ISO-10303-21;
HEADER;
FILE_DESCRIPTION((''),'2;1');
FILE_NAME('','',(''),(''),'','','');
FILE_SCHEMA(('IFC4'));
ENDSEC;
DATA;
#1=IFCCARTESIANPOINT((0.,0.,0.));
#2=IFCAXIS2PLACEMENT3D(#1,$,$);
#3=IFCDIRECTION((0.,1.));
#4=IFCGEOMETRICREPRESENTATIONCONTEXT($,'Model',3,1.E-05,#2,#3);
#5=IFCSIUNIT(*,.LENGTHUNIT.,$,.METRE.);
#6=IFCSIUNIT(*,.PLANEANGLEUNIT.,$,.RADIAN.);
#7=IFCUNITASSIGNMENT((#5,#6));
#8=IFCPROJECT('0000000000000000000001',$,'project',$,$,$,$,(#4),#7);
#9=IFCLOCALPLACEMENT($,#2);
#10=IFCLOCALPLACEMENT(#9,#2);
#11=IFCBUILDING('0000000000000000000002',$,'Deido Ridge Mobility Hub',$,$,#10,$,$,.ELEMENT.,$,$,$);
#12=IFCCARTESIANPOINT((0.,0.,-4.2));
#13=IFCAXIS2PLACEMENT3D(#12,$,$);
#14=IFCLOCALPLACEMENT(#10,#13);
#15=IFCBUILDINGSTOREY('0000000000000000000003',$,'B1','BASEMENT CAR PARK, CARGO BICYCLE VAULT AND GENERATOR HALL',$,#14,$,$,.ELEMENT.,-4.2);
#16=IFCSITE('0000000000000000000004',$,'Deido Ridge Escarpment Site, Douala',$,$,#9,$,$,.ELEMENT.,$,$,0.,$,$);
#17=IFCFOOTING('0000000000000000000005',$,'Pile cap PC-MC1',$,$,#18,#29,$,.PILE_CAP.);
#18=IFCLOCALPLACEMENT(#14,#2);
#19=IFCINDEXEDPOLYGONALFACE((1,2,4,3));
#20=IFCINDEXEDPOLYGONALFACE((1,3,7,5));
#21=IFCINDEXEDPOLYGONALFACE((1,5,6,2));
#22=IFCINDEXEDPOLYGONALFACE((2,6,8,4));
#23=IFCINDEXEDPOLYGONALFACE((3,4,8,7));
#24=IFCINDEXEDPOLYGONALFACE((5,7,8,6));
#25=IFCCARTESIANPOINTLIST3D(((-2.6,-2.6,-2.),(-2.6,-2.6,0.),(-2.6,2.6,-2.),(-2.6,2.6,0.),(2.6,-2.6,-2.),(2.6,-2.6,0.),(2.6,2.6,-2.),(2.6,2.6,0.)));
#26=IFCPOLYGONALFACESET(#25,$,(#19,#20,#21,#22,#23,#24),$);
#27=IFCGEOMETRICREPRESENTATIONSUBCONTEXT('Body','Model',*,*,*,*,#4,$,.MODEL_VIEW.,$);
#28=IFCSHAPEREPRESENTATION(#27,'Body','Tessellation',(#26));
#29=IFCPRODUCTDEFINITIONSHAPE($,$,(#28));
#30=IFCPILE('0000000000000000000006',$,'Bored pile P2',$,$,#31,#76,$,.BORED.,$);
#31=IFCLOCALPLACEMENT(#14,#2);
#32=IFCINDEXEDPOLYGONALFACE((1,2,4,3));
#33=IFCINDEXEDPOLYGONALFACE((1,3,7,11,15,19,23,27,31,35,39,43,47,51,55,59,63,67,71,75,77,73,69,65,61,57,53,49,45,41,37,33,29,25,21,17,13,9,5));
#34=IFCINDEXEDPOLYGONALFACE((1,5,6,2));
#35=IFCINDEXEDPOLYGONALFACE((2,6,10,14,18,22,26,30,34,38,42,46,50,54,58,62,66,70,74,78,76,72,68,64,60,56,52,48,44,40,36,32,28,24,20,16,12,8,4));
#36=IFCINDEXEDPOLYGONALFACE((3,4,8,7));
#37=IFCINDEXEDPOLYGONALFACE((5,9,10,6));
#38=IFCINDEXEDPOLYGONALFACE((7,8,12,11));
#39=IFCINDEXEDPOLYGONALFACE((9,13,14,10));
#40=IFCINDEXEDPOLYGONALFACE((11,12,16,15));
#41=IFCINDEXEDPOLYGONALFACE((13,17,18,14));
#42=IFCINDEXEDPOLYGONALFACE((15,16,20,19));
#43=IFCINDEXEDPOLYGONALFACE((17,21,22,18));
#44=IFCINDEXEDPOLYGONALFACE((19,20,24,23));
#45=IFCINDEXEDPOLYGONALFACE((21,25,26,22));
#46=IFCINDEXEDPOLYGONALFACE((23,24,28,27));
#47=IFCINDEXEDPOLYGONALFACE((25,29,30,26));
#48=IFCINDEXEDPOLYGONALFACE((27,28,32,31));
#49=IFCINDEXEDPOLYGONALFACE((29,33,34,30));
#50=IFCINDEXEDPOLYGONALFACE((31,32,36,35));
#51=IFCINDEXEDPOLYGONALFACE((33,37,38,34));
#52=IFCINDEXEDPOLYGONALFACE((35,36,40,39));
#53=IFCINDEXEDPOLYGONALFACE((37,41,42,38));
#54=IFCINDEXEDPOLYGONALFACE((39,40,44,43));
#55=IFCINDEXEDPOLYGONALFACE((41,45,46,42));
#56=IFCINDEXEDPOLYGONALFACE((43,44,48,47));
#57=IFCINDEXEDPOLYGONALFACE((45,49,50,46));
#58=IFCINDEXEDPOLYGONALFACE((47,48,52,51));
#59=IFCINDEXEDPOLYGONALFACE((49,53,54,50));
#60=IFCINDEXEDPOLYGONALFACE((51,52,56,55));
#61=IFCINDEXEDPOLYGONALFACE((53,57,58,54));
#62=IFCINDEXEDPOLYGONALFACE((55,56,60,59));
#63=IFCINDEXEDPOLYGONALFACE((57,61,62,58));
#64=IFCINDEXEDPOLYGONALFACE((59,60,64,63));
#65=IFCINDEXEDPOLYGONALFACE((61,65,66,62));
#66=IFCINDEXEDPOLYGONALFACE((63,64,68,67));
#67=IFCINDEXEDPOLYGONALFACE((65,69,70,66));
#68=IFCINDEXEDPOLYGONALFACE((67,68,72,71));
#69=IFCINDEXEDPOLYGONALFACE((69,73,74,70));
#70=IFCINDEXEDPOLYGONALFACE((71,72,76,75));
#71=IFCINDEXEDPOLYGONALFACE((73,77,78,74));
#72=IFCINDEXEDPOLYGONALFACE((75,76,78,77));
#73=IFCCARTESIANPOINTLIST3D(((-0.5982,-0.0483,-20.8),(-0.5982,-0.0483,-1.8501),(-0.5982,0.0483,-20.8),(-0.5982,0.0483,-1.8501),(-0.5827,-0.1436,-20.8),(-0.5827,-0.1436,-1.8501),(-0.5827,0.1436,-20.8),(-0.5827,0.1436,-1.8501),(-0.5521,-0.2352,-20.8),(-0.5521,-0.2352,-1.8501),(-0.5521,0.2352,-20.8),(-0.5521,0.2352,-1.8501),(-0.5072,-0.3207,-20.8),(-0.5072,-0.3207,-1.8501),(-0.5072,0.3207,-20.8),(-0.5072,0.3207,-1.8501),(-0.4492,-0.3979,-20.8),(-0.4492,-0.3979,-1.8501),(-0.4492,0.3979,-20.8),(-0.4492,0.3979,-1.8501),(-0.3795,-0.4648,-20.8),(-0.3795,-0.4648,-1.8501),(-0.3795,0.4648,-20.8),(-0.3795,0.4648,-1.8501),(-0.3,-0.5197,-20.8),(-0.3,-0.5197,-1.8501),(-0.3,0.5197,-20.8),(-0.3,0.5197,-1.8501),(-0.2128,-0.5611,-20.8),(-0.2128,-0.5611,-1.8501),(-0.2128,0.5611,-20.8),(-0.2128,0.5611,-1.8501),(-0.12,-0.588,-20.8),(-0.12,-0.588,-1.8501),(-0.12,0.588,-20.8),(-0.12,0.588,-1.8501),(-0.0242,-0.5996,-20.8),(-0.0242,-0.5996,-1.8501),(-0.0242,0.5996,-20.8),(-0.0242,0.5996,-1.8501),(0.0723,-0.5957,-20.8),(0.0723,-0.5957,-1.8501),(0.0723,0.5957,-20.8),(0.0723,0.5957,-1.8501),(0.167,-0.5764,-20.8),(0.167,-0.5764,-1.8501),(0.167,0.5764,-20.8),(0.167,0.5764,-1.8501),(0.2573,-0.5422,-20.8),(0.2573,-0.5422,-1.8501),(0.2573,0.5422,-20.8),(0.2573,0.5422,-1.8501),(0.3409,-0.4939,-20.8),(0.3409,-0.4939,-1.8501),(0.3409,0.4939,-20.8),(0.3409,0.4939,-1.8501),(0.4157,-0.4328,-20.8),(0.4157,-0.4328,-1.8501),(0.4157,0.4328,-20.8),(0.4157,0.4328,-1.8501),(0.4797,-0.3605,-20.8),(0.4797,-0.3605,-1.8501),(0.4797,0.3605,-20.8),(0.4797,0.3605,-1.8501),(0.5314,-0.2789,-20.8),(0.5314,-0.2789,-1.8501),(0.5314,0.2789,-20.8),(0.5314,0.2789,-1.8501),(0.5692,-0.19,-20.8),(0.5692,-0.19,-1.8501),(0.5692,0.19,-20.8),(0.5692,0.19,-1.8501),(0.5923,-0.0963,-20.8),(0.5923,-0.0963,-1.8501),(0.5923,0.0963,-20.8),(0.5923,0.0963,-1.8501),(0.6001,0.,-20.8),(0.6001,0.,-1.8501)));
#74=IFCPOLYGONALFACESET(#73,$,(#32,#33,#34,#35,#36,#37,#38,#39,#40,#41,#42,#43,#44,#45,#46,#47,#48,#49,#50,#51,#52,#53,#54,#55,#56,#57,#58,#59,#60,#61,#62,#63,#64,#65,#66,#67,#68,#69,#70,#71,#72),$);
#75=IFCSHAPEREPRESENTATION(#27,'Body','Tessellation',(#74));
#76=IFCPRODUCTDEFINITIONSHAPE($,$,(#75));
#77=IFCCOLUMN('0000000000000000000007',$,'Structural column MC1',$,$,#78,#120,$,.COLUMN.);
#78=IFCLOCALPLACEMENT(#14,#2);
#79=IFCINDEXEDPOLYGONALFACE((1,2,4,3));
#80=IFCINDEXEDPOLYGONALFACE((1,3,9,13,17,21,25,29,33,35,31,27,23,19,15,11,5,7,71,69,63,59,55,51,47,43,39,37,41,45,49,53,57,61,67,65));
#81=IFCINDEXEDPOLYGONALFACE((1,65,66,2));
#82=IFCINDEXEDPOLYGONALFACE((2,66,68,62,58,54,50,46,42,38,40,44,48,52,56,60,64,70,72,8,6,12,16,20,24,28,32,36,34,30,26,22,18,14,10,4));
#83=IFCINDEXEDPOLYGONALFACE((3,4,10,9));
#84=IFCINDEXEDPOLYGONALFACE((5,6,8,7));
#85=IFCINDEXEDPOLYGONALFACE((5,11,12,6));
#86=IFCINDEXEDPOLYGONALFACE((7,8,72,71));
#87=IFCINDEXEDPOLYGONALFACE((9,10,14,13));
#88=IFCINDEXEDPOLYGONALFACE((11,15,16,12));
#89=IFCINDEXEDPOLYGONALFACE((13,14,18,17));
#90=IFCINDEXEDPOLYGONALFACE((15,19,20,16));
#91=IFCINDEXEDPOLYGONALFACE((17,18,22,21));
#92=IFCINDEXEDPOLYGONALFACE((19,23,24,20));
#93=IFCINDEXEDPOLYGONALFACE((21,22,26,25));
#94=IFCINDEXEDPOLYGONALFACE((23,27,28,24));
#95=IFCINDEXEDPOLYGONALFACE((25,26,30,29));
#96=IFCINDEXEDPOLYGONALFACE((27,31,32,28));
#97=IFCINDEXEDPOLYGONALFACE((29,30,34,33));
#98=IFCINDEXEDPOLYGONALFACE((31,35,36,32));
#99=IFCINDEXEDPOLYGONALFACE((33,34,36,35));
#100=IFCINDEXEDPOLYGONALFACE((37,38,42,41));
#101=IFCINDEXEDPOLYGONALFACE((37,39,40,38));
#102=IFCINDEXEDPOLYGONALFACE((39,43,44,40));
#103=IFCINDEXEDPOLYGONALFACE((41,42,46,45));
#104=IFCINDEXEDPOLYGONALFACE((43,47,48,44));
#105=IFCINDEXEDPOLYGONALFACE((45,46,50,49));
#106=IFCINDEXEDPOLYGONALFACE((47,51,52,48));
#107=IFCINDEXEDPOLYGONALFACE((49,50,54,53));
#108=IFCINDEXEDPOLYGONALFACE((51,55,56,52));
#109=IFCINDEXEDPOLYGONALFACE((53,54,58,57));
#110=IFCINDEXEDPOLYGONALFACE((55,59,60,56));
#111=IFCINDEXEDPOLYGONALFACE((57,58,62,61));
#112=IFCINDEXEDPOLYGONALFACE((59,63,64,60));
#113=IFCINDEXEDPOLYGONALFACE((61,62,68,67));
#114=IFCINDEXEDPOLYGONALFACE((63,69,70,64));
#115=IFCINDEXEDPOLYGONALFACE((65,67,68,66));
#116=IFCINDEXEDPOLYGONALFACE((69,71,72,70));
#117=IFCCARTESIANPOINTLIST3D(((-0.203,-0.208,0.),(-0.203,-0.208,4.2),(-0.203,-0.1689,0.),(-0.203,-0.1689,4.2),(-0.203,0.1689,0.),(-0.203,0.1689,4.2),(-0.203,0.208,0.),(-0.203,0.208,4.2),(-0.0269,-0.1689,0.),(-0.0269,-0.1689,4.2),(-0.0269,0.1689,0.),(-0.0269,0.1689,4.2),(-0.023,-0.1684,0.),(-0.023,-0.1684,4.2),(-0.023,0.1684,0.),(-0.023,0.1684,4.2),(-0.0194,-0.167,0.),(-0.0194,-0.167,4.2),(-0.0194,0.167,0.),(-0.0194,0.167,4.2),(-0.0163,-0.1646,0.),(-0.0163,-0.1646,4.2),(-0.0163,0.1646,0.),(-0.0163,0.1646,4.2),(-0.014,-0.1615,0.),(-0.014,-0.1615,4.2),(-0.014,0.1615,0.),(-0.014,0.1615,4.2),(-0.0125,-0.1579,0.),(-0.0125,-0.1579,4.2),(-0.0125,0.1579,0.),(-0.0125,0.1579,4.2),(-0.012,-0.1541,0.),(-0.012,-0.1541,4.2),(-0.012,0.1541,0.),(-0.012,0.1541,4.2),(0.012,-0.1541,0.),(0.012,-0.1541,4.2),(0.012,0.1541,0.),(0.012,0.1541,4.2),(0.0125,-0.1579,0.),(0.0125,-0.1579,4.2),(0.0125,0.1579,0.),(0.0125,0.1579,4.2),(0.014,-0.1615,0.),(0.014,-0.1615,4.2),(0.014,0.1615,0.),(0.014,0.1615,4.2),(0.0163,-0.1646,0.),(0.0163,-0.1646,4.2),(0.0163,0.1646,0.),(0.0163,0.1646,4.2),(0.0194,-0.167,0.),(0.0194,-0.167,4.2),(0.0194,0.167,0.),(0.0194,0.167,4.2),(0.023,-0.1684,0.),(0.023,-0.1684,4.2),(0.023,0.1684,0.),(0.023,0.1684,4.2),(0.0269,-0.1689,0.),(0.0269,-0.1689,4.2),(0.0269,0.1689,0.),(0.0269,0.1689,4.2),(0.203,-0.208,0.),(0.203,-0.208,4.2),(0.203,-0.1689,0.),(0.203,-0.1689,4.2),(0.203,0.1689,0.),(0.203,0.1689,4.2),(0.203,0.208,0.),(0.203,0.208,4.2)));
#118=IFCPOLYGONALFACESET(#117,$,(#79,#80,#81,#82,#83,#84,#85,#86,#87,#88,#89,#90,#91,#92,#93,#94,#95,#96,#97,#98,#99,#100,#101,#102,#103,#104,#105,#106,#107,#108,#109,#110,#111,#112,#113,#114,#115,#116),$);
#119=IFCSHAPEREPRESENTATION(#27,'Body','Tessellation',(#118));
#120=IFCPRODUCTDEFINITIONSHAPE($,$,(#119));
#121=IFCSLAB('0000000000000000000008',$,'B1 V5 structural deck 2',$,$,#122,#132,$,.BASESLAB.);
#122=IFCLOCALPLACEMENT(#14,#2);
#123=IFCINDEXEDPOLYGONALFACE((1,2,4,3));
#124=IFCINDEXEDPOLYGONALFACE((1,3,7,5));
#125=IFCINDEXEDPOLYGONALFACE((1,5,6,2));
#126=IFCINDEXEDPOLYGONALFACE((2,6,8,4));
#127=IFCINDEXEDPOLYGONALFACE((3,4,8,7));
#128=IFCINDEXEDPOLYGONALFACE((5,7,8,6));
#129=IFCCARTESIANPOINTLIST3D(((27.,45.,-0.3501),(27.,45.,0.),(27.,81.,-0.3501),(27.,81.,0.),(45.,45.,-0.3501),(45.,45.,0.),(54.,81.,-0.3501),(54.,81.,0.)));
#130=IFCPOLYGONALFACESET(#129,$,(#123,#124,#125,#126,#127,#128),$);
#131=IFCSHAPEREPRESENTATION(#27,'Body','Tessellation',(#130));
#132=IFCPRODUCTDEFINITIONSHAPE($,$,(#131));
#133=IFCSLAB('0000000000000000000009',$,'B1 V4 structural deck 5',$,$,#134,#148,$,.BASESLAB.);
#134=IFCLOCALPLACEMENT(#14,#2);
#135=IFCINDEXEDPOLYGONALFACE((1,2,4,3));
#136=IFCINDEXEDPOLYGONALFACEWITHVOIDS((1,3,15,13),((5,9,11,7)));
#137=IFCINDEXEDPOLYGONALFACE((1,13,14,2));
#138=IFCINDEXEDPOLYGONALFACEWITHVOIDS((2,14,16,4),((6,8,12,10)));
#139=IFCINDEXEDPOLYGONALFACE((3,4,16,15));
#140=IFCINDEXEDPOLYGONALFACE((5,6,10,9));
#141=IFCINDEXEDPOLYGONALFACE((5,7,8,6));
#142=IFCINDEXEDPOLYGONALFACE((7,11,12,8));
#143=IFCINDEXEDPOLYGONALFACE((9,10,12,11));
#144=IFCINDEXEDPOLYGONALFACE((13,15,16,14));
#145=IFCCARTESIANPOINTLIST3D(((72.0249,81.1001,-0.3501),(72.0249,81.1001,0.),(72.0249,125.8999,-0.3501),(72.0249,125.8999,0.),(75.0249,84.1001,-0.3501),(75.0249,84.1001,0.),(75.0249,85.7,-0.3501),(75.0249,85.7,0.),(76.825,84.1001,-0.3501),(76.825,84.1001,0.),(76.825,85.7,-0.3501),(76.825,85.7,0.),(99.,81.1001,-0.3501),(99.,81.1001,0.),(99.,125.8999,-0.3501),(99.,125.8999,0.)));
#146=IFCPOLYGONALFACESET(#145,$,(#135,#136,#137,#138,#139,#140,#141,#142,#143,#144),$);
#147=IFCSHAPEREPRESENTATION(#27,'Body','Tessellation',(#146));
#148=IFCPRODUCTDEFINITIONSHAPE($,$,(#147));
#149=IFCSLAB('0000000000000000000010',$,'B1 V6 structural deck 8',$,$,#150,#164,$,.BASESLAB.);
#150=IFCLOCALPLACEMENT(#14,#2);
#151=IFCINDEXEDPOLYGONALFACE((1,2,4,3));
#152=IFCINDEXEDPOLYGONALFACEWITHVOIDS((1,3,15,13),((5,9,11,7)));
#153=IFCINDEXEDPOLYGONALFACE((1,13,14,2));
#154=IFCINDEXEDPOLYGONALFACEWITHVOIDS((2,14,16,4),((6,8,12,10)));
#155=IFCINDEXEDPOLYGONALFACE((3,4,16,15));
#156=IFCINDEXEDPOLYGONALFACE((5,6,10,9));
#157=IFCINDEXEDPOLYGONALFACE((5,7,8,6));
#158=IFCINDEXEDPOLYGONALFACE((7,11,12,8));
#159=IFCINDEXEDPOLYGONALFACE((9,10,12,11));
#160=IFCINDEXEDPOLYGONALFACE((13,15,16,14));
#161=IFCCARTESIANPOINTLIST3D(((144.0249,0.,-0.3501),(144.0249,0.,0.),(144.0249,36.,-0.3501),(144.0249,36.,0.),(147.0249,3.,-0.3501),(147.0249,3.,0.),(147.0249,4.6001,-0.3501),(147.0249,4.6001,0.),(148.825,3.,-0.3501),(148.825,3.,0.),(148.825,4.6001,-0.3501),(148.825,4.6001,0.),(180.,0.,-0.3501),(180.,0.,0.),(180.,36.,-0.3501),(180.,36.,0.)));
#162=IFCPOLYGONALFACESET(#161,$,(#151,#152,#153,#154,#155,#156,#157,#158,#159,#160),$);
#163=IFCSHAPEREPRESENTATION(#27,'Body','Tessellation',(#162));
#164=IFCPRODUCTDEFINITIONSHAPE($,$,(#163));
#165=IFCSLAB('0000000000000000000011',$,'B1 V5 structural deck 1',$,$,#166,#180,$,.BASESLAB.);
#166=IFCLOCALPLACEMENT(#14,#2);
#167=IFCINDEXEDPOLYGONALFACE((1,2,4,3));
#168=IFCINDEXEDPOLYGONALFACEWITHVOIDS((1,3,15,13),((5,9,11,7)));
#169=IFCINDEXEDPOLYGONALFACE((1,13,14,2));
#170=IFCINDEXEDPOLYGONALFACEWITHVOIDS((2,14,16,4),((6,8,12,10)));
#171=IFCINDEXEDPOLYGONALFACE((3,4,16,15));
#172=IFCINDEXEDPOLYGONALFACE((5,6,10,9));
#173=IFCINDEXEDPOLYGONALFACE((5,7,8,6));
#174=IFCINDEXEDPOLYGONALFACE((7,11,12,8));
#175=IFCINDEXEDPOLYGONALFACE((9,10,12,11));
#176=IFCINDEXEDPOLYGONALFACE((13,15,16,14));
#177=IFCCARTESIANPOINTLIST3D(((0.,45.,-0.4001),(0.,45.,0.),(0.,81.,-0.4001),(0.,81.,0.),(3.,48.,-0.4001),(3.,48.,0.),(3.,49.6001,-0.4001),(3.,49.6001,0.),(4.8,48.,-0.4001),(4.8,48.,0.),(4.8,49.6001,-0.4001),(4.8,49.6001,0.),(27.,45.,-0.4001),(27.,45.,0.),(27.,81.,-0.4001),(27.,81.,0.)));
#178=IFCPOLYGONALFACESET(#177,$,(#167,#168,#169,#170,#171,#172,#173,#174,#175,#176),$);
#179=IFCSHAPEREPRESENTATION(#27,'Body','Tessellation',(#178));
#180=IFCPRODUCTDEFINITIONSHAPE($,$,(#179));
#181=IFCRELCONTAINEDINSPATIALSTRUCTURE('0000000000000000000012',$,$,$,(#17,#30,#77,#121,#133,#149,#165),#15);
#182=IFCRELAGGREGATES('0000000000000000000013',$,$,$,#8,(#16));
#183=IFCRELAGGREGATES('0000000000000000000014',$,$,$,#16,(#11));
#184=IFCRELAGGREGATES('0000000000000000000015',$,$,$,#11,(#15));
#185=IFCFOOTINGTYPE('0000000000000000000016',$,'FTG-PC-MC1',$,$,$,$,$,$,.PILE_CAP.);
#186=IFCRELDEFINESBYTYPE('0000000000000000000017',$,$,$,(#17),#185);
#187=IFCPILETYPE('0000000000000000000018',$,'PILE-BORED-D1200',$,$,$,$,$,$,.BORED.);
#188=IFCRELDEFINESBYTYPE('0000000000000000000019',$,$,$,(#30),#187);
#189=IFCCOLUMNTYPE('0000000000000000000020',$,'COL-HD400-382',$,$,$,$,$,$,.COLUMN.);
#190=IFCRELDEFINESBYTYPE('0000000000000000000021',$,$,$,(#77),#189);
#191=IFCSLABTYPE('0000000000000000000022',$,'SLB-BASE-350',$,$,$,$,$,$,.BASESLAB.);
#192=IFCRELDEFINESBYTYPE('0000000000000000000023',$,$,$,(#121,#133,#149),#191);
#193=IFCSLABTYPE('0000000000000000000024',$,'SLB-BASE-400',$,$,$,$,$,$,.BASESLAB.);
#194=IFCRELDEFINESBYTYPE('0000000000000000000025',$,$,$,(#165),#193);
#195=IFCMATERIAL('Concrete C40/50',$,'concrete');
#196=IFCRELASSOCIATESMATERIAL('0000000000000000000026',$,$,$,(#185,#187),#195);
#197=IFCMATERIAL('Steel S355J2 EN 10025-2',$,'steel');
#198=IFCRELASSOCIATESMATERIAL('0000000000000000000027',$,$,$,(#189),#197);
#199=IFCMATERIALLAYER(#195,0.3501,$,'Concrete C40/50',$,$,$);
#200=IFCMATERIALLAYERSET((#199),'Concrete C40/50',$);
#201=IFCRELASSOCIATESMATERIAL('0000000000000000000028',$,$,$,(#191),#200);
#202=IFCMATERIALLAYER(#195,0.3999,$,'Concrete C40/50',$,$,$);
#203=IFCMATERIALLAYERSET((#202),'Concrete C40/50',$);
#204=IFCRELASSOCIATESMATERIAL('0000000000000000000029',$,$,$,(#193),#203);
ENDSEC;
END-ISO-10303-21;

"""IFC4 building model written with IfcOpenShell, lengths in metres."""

from ifc_helpers import new_model, si_unit, direction, frame, origin, origin_with_axes, origin_2d, place, context, subcontext, project, spatial, polyline, rectangle, circle, i_section, outline, extrude, material, layer, layer_set, material_profile, profile_set, type_object, element, save


model = new_model("IFC4")

# Units and contexts
model_context = context("Model", 3, precision=1e-05, world=origin(), true_north=direction((0.0, 1.0)))
body_context = subcontext(model_context, "Body", "Model", "MODEL_VIEW")
ifc_project = project(units=[si_unit("LENGTHUNIT", "METRE"), si_unit("PLANEANGLEUNIT", "RADIAN")], contexts=[model_context])

# Site, building, storey
site_placement = place(None, origin())
site = spatial("IfcSite", under=ifc_project, at=site_placement, Name="Deido Ridge Escarpment Site, Douala", CompositionType="ELEMENT", RefElevation=0.0)
building_placement = place(site_placement, origin())
building = spatial("IfcBuilding", under=site, at=building_placement, Name="Deido Ridge Mobility Hub", CompositionType="ELEMENT")
storey_placement = place(building_placement, frame((0.0, 0.0, -4.2)))
storey = spatial("IfcBuildingStorey", under=building, at=storey_placement, Name="B1", Description="BASEMENT CAR PARK, CARGO BICYCLE VAULT AND GENERATOR HALL", CompositionType="ELEMENT", Elevation=-4.2)

# Footing
ifc_material_1 = material(Name="Concrete C40/50", Category="concrete")
footing_type = type_object("IfcFootingType", Name="FTG-PC-MC1", PredefinedType="PILE_CAP", material=ifc_material_1)
footing_placement = place(storey_placement, frame((0.0, 0.0, -2.0), z_axis=(0.0, 0.0, 1.0), x_axis=(1.0, 0.0, 0.0)))
element("IfcFooting", 1, at=footing_placement, inside=storey, type_object=footing_type, Name="Pile cap PC-MC1", PredefinedType="PILE_CAP", context=body_context, shape_type="SweptSolid", body=[
    extrude(rectangle(XDim=5.2, YDim=5.2, at=origin_2d()), origin(), (0.0, 0.0, 1.0), 2.0),
])

# Pile
ifc_material_profile_1 = material_profile(ifc_material_1, circle(Radius=0.6001, at=origin_2d()), Name="BORED PILE D1200")
ifc_profile_set_1 = profile_set([ifc_material_profile_1], Name="Concrete C40/50")
pile_type = type_object("IfcPileType", Name="PILE-BORED-D1200", PredefinedType="BORED", material=ifc_profile_set_1)
pile_placement = place(storey_placement, frame((0.0, 0.0, -1.8501), z_axis=(0.0, 0.0, -1.0), x_axis=(1.0, 0.0, 0.0)))
element("IfcPile", 2, at=pile_placement, inside=storey, type_object=pile_type, Name="Bored pile P2", PredefinedType="BORED", context=body_context, shape_type="SweptSolid", body=[
    extrude(circle(Radius=0.6001, at=origin_2d()), origin(), (0.0, 0.0, 1.0), 18.95),
])

# Column
ifc_material_2 = material(Name="Steel S355J2 EN 10025-2", Category="steel")
ifc_material_profile_2 = material_profile(ifc_material_2, i_section(OverallWidth=0.406, OverallDepth=0.416, WebThickness=0.0239, FlangeThickness=0.0391, FilletRadius=0.0149, at=origin_2d()), Name="HD 400x382")
ifc_profile_set_2 = profile_set([ifc_material_profile_2], Name="Steel S355J2 EN 10025-2")
column_type = type_object("IfcColumnType", Name="COL-HD400-382", PredefinedType="COLUMN", material=ifc_profile_set_2)
column_placement = place(storey_placement, origin_with_axes())
element("IfcColumn", 3, at=column_placement, inside=storey, type_object=column_type, Name="Structural column MC1", PredefinedType="COLUMN", context=body_context, shape_type="SweptSolid", body=[
    extrude(i_section(OverallWidth=0.406, OverallDepth=0.416, WebThickness=0.0239, FlangeThickness=0.0391, FilletRadius=0.0149, at=origin_2d()), origin(), (0.0, 0.0, 1.0), 4.2),
])

# Slabs
ifc_layer_1 = layer(ifc_material_1, 0.3501, Name="Concrete C40/50")
ifc_layer_set_1 = layer_set([ifc_layer_1], Name="Concrete C40/50")
slab_type_1 = type_object("IfcSlabType", Name="SLB-BASE-350", PredefinedType="BASESLAB", material=ifc_layer_set_1)
slab_1_placement = place(storey_placement, frame((0.0, 0.0, -0.3501)))
element("IfcSlab", 4, at=slab_1_placement, inside=storey, type_object=slab_type_1, Name="B1 V5 structural deck 2", PredefinedType="BASESLAB", context=body_context, shape_type="SweptSolid", body=[
    extrude(outline(polyline([(45.0, 45.0), (27.0, 45.0), (27.0, 81.0), (54.0, 81.0), (45.0, 45.0)])), origin(), (0.0, 0.0, 1.0), 0.3501),
])
slab_2_placement = place(storey_placement, frame((0.0, 0.0, -0.3501)))
element("IfcSlab", 5, at=slab_2_placement, inside=storey, type_object=slab_type_1, Name="B1 V4 structural deck 5", PredefinedType="BASESLAB", context=body_context, shape_type="SweptSolid", body=[
    extrude(outline(polyline([(99.0, 81.1001), (72.0249, 81.1001), (72.0249, 125.8999), (99.0, 125.8999), (99.0, 81.1001)]), holes=[polyline([(75.0249, 85.7), (76.825, 85.7), (76.825, 84.1001), (75.0249, 84.1001), (75.0249, 85.7)])]), origin(), (0.0, 0.0, 1.0), 0.3501),
])
slab_3_placement = place(storey_placement, frame((0.0, 0.0, -0.3501)))
element("IfcSlab", 6, at=slab_3_placement, inside=storey, type_object=slab_type_1, Name="B1 V6 structural deck 8", PredefinedType="BASESLAB", context=body_context, shape_type="SweptSolid", body=[
    extrude(outline(polyline([(180.0, 36.0), (180.0, 0.0), (144.0249, 0.0), (144.0249, 36.0), (180.0, 36.0)]), holes=[polyline([(147.0249, 4.6001), (148.825, 4.6001), (148.825, 3.0), (147.0249, 3.0), (147.0249, 4.6001)])]), origin(), (0.0, 0.0, 1.0), 0.3501),
])
ifc_layer_2 = layer(ifc_material_1, 0.3999, Name="Concrete C40/50")
ifc_layer_set_2 = layer_set([ifc_layer_2], Name="Concrete C40/50")
slab_type_2 = type_object("IfcSlabType", Name="SLB-BASE-400", PredefinedType="BASESLAB", material=ifc_layer_set_2)
slab_4_placement = place(storey_placement, frame((0.0, 0.0, -0.4001)))
element("IfcSlab", 7, at=slab_4_placement, inside=storey, type_object=slab_type_2, Name="B1 V5 structural deck 1", PredefinedType="BASESLAB", context=body_context, shape_type="SweptSolid", body=[
    extrude(outline(polyline([(0.0, 81.0), (27.0, 81.0), (27.0, 45.0), (0.0, 45.0), (0.0, 81.0)]), holes=[polyline([(3.0, 49.6001), (4.8, 49.6001), (4.8, 48.0), (3.0, 48.0), (3.0, 49.6001)])]), origin(), (0.0, 0.0, 1.0), 0.4001),
])

save(model, "model.ifc")
